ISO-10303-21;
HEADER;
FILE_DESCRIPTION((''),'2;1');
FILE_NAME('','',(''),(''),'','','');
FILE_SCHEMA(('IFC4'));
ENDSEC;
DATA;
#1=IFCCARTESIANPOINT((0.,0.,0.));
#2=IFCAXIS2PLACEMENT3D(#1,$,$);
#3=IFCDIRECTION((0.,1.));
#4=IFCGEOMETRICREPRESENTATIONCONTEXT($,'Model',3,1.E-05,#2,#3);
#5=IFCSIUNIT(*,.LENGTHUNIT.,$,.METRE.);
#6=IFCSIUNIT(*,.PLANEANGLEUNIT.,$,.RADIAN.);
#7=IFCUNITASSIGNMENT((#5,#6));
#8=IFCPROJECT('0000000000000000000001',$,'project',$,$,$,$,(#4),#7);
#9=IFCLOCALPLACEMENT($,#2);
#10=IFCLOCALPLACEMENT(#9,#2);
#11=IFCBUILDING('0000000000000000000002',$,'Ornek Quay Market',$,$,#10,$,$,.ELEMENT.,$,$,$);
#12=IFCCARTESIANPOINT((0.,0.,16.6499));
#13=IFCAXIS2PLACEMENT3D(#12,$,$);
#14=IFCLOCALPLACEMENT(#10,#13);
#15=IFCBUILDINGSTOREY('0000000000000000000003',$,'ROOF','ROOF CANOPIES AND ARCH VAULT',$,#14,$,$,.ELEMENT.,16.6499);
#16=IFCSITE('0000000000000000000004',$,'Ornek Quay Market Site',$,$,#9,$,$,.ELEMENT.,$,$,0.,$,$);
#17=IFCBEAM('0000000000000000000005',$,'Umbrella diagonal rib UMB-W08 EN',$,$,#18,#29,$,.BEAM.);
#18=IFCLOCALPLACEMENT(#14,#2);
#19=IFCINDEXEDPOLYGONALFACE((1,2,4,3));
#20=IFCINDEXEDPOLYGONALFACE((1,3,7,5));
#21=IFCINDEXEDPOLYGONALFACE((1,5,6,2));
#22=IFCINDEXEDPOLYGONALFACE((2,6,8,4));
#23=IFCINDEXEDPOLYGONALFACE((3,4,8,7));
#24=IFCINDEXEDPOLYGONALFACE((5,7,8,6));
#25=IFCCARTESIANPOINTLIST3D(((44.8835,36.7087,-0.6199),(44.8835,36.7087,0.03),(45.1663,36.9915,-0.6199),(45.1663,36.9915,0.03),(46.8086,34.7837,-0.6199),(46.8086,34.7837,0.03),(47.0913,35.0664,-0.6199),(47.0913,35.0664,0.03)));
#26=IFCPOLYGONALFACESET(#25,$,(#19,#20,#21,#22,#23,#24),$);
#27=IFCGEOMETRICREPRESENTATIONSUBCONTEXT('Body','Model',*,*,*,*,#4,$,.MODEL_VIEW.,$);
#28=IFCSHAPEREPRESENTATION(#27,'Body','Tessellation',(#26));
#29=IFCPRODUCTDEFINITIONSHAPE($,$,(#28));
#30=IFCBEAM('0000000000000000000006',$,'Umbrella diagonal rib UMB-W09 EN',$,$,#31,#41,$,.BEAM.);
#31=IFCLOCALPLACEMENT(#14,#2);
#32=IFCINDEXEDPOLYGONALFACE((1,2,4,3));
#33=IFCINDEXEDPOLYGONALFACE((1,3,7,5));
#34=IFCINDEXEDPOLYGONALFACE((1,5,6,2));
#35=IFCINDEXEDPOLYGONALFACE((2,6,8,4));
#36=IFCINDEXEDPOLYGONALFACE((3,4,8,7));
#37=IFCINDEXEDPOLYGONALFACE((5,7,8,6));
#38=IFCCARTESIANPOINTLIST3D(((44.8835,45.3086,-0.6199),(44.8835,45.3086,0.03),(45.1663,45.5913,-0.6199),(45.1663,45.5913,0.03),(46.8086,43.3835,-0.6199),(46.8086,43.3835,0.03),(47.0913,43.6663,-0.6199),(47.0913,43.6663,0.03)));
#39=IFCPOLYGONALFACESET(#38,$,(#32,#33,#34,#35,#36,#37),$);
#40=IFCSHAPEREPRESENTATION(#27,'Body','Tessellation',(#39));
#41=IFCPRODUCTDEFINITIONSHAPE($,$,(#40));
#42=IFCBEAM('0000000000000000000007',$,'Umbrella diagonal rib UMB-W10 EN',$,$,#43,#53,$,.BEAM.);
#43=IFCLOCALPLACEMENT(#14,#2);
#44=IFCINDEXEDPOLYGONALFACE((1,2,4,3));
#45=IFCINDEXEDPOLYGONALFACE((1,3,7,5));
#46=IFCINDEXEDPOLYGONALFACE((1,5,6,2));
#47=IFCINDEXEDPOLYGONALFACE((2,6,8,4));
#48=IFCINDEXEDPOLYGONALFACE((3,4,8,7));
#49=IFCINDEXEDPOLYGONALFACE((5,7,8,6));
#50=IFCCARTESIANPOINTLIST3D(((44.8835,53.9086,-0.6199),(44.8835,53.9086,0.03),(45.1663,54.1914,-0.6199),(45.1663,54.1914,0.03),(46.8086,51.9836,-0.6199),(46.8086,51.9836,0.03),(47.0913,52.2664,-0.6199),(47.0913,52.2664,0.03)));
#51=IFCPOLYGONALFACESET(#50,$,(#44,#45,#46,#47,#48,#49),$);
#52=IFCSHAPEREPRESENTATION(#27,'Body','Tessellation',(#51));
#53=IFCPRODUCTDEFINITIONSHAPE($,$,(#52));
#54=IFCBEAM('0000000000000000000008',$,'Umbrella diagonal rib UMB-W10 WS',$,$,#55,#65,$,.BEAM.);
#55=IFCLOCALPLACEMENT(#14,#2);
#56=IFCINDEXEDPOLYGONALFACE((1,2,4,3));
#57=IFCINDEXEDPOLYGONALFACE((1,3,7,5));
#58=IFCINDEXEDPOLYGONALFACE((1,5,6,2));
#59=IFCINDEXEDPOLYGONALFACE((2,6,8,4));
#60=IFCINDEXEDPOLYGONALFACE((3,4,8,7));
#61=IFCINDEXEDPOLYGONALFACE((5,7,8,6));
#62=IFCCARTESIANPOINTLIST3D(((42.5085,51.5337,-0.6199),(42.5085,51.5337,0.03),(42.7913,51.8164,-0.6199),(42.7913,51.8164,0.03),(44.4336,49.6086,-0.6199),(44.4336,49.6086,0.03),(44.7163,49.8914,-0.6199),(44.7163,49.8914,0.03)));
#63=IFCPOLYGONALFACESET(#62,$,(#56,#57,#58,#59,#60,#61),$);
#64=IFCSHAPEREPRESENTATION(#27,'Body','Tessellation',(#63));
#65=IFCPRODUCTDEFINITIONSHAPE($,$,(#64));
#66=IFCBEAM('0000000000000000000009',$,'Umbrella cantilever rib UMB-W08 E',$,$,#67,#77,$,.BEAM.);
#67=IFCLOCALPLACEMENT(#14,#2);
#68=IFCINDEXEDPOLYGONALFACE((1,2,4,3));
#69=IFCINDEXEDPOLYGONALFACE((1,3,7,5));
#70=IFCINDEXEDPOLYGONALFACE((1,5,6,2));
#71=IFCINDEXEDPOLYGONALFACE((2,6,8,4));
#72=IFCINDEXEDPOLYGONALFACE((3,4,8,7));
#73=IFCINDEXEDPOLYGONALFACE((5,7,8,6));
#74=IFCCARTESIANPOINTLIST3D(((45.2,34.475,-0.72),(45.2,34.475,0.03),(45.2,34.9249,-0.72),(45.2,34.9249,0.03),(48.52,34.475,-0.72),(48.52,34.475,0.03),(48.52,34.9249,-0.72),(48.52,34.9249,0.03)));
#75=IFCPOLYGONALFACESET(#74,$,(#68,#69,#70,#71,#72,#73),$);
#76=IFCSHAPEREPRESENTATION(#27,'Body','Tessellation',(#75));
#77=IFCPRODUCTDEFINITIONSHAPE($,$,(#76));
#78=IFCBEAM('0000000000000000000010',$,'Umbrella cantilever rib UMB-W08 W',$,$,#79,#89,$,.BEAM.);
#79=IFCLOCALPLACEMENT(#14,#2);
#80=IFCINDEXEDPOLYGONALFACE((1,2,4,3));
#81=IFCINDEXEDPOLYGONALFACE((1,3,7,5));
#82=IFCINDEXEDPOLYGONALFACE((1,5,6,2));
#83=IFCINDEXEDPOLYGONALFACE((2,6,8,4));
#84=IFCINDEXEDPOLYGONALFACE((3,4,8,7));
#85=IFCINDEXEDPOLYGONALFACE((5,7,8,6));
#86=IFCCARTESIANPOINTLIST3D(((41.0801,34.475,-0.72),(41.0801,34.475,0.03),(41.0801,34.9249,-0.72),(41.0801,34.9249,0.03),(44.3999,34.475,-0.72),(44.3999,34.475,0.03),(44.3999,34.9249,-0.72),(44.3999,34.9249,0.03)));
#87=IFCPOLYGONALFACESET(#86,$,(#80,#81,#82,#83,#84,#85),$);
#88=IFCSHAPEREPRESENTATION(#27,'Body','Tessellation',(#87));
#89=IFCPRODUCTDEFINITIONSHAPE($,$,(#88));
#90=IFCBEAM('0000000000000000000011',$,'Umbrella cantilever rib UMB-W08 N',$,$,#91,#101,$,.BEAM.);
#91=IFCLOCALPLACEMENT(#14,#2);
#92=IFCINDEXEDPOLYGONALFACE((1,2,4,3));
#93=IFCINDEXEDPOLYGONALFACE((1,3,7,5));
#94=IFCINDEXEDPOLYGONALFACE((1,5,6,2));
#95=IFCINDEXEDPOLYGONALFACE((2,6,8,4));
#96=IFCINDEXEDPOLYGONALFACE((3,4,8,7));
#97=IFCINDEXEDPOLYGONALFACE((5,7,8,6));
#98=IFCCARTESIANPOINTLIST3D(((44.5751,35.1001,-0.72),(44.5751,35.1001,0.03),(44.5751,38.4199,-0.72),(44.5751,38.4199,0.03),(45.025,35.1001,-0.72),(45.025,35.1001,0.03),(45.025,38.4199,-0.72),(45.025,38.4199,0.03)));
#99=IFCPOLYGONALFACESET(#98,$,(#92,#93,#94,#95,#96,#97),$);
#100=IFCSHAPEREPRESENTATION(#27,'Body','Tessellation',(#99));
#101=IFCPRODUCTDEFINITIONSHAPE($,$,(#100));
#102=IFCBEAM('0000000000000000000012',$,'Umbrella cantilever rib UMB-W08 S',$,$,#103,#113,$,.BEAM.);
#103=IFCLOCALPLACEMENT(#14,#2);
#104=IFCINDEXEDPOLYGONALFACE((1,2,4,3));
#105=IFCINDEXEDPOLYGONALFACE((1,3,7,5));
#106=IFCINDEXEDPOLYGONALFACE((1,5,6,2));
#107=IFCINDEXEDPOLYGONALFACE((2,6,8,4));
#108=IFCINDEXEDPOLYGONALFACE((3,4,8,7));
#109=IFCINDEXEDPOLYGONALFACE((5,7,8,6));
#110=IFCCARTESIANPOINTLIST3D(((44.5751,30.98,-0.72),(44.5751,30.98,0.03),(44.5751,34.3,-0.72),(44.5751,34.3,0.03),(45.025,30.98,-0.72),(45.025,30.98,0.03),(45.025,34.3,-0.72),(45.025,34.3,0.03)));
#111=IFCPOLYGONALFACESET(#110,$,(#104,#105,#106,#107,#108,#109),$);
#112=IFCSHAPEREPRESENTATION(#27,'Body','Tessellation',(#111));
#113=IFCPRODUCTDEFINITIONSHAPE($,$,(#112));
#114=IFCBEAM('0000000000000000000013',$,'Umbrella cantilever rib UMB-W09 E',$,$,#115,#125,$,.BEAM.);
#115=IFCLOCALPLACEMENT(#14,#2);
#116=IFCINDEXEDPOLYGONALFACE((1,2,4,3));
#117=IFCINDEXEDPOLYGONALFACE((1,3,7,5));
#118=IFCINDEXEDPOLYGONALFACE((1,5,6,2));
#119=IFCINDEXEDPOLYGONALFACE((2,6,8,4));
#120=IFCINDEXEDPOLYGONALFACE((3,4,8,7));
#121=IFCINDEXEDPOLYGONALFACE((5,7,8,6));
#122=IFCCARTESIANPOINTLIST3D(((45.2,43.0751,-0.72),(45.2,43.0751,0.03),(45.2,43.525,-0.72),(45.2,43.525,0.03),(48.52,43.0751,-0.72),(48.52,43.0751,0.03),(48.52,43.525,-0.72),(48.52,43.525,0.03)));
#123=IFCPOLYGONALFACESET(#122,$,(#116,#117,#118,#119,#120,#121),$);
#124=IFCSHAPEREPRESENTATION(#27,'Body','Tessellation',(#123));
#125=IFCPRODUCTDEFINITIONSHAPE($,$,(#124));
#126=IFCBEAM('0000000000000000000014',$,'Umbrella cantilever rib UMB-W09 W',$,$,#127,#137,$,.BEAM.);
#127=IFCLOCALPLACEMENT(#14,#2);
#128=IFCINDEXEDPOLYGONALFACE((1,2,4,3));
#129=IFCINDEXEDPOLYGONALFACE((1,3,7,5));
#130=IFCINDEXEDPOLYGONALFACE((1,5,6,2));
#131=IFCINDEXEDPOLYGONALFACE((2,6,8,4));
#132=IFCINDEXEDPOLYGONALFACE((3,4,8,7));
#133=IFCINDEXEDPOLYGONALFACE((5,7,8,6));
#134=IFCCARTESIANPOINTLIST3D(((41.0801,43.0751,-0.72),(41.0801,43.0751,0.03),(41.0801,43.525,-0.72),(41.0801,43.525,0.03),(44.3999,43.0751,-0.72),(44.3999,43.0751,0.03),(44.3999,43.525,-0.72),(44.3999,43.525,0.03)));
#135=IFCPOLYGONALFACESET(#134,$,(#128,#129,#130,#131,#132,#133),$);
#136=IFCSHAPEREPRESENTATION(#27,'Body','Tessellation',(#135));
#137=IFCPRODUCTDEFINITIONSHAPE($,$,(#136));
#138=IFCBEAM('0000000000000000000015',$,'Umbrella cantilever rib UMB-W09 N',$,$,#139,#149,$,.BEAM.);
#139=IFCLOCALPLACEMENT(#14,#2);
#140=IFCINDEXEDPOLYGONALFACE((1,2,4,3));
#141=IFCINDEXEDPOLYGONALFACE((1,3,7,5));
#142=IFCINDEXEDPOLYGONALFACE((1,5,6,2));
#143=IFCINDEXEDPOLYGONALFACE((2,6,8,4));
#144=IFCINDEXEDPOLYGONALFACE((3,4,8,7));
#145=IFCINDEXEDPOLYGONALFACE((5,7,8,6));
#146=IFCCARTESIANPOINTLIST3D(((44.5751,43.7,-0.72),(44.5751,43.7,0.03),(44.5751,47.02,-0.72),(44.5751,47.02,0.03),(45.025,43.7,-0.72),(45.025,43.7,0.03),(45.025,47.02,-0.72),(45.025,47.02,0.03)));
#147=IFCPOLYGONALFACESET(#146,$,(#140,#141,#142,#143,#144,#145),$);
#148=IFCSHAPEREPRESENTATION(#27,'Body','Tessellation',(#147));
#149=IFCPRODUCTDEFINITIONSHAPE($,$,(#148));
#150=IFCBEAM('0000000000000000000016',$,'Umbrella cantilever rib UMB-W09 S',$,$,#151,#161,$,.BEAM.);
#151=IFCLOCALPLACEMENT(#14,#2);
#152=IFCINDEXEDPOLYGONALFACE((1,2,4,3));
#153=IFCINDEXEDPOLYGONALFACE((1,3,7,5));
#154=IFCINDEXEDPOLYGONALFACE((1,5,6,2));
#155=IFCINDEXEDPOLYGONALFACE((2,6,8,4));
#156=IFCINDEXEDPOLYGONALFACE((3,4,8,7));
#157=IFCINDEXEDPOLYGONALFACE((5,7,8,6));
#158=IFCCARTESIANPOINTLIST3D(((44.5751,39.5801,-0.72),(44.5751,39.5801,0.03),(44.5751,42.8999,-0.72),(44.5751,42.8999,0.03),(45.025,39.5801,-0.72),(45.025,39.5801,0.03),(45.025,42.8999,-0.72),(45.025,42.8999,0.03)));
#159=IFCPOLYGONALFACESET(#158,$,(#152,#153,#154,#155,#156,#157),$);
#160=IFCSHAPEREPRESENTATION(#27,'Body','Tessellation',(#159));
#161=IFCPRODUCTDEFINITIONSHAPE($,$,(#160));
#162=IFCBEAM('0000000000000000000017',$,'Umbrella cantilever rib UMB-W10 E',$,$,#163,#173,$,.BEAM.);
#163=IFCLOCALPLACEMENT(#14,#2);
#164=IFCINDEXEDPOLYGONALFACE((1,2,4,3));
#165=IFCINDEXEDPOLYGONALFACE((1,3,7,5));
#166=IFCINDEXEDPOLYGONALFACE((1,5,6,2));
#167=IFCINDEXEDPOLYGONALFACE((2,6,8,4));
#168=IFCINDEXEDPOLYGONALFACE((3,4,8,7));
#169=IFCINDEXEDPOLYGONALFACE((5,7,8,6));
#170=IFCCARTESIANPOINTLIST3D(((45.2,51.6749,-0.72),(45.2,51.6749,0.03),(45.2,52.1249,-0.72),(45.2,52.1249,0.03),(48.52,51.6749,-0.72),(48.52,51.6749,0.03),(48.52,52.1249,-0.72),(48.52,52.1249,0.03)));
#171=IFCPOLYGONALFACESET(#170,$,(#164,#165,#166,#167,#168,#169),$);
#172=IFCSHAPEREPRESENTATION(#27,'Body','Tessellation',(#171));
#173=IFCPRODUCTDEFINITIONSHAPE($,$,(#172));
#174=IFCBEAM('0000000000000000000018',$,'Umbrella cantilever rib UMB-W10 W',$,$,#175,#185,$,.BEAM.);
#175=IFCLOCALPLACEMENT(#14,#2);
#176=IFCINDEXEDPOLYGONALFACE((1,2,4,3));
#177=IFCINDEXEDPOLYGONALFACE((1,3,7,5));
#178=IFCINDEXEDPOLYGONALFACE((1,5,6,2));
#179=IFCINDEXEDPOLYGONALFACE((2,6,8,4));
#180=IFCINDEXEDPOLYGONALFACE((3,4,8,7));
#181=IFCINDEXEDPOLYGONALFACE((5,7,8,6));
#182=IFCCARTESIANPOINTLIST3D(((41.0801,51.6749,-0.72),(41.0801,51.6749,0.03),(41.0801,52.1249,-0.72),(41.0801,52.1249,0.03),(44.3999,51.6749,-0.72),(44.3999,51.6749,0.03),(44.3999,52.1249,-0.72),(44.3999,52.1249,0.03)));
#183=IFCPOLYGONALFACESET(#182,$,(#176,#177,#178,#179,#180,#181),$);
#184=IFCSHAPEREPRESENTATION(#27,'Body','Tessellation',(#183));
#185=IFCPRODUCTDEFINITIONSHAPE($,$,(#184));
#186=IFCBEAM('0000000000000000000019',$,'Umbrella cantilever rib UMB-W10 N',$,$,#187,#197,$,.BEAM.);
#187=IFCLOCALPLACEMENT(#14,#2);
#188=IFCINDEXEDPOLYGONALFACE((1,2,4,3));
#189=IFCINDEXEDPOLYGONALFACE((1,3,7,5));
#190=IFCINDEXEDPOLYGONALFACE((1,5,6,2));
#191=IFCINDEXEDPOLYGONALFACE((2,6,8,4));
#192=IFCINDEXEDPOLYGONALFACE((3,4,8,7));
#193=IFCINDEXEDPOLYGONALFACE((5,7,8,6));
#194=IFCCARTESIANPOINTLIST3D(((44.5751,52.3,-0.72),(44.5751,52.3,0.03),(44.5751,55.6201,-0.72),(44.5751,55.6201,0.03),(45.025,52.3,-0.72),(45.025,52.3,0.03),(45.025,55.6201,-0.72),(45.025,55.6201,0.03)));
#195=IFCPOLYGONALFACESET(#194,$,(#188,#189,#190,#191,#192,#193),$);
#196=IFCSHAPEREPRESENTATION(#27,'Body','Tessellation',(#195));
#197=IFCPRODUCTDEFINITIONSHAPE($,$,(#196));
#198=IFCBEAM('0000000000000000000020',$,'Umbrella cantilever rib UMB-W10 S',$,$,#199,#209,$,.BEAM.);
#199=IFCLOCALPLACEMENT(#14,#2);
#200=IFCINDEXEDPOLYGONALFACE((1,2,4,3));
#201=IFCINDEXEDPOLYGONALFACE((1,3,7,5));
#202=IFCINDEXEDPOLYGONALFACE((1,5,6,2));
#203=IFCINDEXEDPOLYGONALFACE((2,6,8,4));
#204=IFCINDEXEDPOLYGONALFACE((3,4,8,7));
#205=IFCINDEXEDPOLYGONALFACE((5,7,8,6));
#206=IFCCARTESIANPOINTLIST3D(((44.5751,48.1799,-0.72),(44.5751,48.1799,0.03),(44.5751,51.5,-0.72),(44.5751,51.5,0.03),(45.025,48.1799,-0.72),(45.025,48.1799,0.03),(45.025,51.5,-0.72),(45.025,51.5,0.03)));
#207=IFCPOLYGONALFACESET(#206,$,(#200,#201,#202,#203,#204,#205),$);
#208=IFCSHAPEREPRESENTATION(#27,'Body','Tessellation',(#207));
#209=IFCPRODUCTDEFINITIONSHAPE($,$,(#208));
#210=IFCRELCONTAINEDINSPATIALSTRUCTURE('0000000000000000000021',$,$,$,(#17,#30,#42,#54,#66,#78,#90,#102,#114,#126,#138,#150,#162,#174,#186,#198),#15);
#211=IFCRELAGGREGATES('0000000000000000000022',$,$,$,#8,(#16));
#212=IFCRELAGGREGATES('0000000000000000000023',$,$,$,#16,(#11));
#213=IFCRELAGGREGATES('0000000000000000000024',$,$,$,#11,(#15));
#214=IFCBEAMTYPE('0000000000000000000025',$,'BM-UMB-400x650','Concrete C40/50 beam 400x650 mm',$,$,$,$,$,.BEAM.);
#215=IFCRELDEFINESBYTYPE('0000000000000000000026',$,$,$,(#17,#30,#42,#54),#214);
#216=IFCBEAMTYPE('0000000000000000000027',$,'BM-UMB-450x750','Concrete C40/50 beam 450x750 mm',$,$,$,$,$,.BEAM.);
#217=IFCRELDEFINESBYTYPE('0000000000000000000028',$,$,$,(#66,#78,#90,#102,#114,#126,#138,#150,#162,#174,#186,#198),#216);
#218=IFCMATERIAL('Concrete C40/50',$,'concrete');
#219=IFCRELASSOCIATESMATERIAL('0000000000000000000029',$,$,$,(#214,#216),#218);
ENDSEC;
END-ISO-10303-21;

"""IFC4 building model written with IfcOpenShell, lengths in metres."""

from ifc_helpers import new_model, si_unit, direction, frame, origin, origin_2d, place, context, subcontext, project, spatial, rectangle, extrude, material, material_profile, profile_set, type_object, element, save


model = new_model("IFC4")

# Units and contexts
model_context = context("Model", 3, precision=1e-05, world=origin(), true_north=direction((0.0, 1.0)))
body_context = subcontext(model_context, "Body", "Model", "MODEL_VIEW")
ifc_project = project(units=[si_unit("LENGTHUNIT", "METRE"), si_unit("PLANEANGLEUNIT", "RADIAN")], contexts=[model_context])

# Site, building, storey
site_placement = place(None, origin())
site = spatial("IfcSite", under=ifc_project, at=site_placement, Name="Ornek Quay Market Site", CompositionType="ELEMENT", RefElevation=0.0)
building_placement = place(site_placement, origin())
building = spatial("IfcBuilding", under=site, at=building_placement, Name="Ornek Quay Market", CompositionType="ELEMENT")
storey_placement = place(building_placement, frame((0.0, 0.0, 16.6499)))
storey = spatial("IfcBuildingStorey", under=building, at=storey_placement, Name="ROOF", Description="ROOF CANOPIES AND ARCH VAULT", CompositionType="ELEMENT", Elevation=16.6499)

# Beams
ifc_material_1 = material(Name="Concrete C40/50", Category="concrete")
ifc_material_profile_1 = material_profile(ifc_material_1, rectangle(XDim=0.3999, YDim=0.6499, at=origin_2d()), Name="RC 400x650", Category="concrete")
ifc_profile_set_1 = profile_set([ifc_material_profile_1], Name="Concrete C40/50")
beam_type_1 = type_object("IfcBeamType", Name="BM-UMB-400x650", Description="Concrete C40/50 beam 400x650 mm", PredefinedType="BEAM", material=ifc_profile_set_1)
for number, where, z_axis, x_axis, name in (
    (1, (46.95, 34.925, -0.2949), (-0.707107, 0.707107, 0.0), (-0.707107, -0.707107, 0.0), "Umbrella diagonal rib UMB-W08 EN"),
    (2, (46.95, 43.5249, -0.2949), (-0.707107, 0.707107, 0.0), (-0.707107, -0.707107, 0.0), "Umbrella diagonal rib UMB-W09 EN"),
    (3, (46.95, 52.125, -0.2949), (-0.707107, 0.707107, 0.0), (-0.707107, -0.707107, 0.0), "Umbrella diagonal rib UMB-W10 EN"),
    (4, (42.6499, 51.675, -0.2949), (0.707107, -0.707107, 0.0), (0.707107, 0.707107, 0.0), "Umbrella diagonal rib UMB-W10 WS"),
):
    element("IfcBeam", number, at=place(storey_placement, frame(where, z_axis=z_axis, x_axis=x_axis)), inside=storey, type_object=beam_type_1, Name=name, PredefinedType="BEAM", context=body_context, shape_type="SweptSolid", body=[
        extrude(rectangle(XDim=0.3999, YDim=0.6499, at=origin_2d()), origin(), (0.0, 0.0, 1.0), 2.7224),
    ])
ifc_material_profile_2 = material_profile(ifc_material_1, rectangle(XDim=0.45, YDim=0.75, at=origin_2d()), Name="RC 450x750", Category="concrete")
ifc_profile_set_2 = profile_set([ifc_material_profile_2], Name="Concrete C40/50")
beam_type_2 = type_object("IfcBeamType", Name="BM-UMB-450x750", Description="Concrete C40/50 beam 450x750 mm", PredefinedType="BEAM", material=ifc_profile_set_2)
beam_1_placement = place(storey_placement, frame((45.2, 34.7, -0.345), z_axis=(1.0, 0.0, 0.0), x_axis=(0.0, 1.0, 0.0)))
element("IfcBeam", 5, at=beam_1_placement, inside=storey, type_object=beam_type_2, Name="Umbrella cantilever rib UMB-W08 E", PredefinedType="BEAM", context=body_context, shape_type="SweptSolid", body=[
    extrude(rectangle(XDim=0.45, YDim=0.75, at=origin_2d()), origin(), (0.0, 0.0, 1.0), 3.3201),
])
for number, where, z_axis, x_axis, name in (
    (6, (44.3999, 34.7, -0.345), (-1.0, 0.0, 0.0), (0.0, -1.0, 0.0), "Umbrella cantilever rib UMB-W08 W"),
    (7, (44.8, 35.1001, -0.345), (0.0, 1.0, 0.0), (-1.0, 0.0, 0.0), "Umbrella cantilever rib UMB-W08 N"),
):
    element("IfcBeam", number, at=place(storey_placement, frame(where, z_axis=z_axis, x_axis=x_axis)), inside=storey, type_object=beam_type_2, Name=name, PredefinedType="BEAM", context=body_context, shape_type="SweptSolid", body=[
        extrude(rectangle(XDim=0.45, YDim=0.75, at=origin_2d()), origin(), (0.0, 0.0, 1.0), 3.3198),
    ])
for number, where, z_axis, x_axis, name in (
    (8, (44.8, 34.3, -0.345), (0.0, -1.0, 0.0), (1.0, 0.0, 0.0), "Umbrella cantilever rib UMB-W08 S"),
    (9, (45.2, 43.3, -0.345), (1.0, 0.0, 0.0), (0.0, 1.0, 0.0), "Umbrella cantilever rib UMB-W09 E"),
):
    element("IfcBeam", number, at=place(storey_placement, frame(where, z_axis=z_axis, x_axis=x_axis)), inside=storey, type_object=beam_type_2, Name=name, PredefinedType="BEAM", context=body_context, shape_type="SweptSolid", body=[
        extrude(rectangle(XDim=0.45, YDim=0.75, at=origin_2d()), origin(), (0.0, 0.0, 1.0), 3.3201),
    ])
beam_2_placement = place(storey_placement, frame((44.3999, 43.3, -0.345), z_axis=(-1.0, 0.0, 0.0), x_axis=(0.0, -1.0, 0.0)))
element("IfcBeam", 10, at=beam_2_placement, inside=storey, type_object=beam_type_2, Name="Umbrella cantilever rib UMB-W09 W", PredefinedType="BEAM", context=body_context, shape_type="SweptSolid", body=[
    extrude(rectangle(XDim=0.45, YDim=0.75, at=origin_2d()), origin(), (0.0, 0.0, 1.0), 3.3198),
])
beam_3_placement = place(storey_placement, frame((44.8, 43.7, -0.345), z_axis=(0.0, 1.0, 0.0), x_axis=(-1.0, 0.0, 0.0)))
element("IfcBeam", 11, at=beam_3_placement, inside=storey, type_object=beam_type_2, Name="Umbrella cantilever rib UMB-W09 N", PredefinedType="BEAM", context=body_context, shape_type="SweptSolid", body=[
    extrude(rectangle(XDim=0.45, YDim=0.75, at=origin_2d()), origin(), (0.0, 0.0, 1.0), 3.3201),
])
beam_4_placement = place(storey_placement, frame((44.8, 42.8999, -0.345), z_axis=(0.0, -1.0, 0.0), x_axis=(1.0, 0.0, 0.0)))
element("IfcBeam", 12, at=beam_4_placement, inside=storey, type_object=beam_type_2, Name="Umbrella cantilever rib UMB-W09 S", PredefinedType="BEAM", context=body_context, shape_type="SweptSolid", body=[
    extrude(rectangle(XDim=0.45, YDim=0.75, at=origin_2d()), origin(), (0.0, 0.0, 1.0), 3.3198),
])
beam_5_placement = place(storey_placement, frame((45.2, 51.8999, -0.345), z_axis=(1.0, 0.0, 0.0), x_axis=(0.0, 1.0, 0.0)))
element("IfcBeam", 13, at=beam_5_placement, inside=storey, type_object=beam_type_2, Name="Umbrella cantilever rib UMB-W10 E", PredefinedType="BEAM", context=body_context, shape_type="SweptSolid", body=[
    extrude(rectangle(XDim=0.45, YDim=0.75, at=origin_2d()), origin(), (0.0, 0.0, 1.0), 3.3201),
])
beam_6_placement = place(storey_placement, frame((44.3999, 51.8999, -0.345), z_axis=(-1.0, 0.0, 0.0), x_axis=(0.0, -1.0, 0.0)))
element("IfcBeam", 14, at=beam_6_placement, inside=storey, type_object=beam_type_2, Name="Umbrella cantilever rib UMB-W10 W", PredefinedType="BEAM", context=body_context, shape_type="SweptSolid", body=[
    extrude(rectangle(XDim=0.45, YDim=0.75, at=origin_2d()), origin(), (0.0, 0.0, 1.0), 3.3198),
])
for number, where, z_axis, x_axis, name in (
    (15, (44.8, 52.3, -0.345), (0.0, 1.0, 0.0), (-1.0, 0.0, 0.0), "Umbrella cantilever rib UMB-W10 N"),
    (16, (44.8, 51.5, -0.345), (0.0, -1.0, 0.0), (1.0, 0.0, 0.0), "Umbrella cantilever rib UMB-W10 S"),
):
    element("IfcBeam", number, at=place(storey_placement, frame(where, z_axis=z_axis, x_axis=x_axis)), inside=storey, type_object=beam_type_2, Name=name, PredefinedType="BEAM", context=body_context, shape_type="SweptSolid", body=[
        extrude(rectangle(XDim=0.45, YDim=0.75, at=origin_2d()), origin(), (0.0, 0.0, 1.0), 3.3201),
    ])

save(model, "model.ifc")
